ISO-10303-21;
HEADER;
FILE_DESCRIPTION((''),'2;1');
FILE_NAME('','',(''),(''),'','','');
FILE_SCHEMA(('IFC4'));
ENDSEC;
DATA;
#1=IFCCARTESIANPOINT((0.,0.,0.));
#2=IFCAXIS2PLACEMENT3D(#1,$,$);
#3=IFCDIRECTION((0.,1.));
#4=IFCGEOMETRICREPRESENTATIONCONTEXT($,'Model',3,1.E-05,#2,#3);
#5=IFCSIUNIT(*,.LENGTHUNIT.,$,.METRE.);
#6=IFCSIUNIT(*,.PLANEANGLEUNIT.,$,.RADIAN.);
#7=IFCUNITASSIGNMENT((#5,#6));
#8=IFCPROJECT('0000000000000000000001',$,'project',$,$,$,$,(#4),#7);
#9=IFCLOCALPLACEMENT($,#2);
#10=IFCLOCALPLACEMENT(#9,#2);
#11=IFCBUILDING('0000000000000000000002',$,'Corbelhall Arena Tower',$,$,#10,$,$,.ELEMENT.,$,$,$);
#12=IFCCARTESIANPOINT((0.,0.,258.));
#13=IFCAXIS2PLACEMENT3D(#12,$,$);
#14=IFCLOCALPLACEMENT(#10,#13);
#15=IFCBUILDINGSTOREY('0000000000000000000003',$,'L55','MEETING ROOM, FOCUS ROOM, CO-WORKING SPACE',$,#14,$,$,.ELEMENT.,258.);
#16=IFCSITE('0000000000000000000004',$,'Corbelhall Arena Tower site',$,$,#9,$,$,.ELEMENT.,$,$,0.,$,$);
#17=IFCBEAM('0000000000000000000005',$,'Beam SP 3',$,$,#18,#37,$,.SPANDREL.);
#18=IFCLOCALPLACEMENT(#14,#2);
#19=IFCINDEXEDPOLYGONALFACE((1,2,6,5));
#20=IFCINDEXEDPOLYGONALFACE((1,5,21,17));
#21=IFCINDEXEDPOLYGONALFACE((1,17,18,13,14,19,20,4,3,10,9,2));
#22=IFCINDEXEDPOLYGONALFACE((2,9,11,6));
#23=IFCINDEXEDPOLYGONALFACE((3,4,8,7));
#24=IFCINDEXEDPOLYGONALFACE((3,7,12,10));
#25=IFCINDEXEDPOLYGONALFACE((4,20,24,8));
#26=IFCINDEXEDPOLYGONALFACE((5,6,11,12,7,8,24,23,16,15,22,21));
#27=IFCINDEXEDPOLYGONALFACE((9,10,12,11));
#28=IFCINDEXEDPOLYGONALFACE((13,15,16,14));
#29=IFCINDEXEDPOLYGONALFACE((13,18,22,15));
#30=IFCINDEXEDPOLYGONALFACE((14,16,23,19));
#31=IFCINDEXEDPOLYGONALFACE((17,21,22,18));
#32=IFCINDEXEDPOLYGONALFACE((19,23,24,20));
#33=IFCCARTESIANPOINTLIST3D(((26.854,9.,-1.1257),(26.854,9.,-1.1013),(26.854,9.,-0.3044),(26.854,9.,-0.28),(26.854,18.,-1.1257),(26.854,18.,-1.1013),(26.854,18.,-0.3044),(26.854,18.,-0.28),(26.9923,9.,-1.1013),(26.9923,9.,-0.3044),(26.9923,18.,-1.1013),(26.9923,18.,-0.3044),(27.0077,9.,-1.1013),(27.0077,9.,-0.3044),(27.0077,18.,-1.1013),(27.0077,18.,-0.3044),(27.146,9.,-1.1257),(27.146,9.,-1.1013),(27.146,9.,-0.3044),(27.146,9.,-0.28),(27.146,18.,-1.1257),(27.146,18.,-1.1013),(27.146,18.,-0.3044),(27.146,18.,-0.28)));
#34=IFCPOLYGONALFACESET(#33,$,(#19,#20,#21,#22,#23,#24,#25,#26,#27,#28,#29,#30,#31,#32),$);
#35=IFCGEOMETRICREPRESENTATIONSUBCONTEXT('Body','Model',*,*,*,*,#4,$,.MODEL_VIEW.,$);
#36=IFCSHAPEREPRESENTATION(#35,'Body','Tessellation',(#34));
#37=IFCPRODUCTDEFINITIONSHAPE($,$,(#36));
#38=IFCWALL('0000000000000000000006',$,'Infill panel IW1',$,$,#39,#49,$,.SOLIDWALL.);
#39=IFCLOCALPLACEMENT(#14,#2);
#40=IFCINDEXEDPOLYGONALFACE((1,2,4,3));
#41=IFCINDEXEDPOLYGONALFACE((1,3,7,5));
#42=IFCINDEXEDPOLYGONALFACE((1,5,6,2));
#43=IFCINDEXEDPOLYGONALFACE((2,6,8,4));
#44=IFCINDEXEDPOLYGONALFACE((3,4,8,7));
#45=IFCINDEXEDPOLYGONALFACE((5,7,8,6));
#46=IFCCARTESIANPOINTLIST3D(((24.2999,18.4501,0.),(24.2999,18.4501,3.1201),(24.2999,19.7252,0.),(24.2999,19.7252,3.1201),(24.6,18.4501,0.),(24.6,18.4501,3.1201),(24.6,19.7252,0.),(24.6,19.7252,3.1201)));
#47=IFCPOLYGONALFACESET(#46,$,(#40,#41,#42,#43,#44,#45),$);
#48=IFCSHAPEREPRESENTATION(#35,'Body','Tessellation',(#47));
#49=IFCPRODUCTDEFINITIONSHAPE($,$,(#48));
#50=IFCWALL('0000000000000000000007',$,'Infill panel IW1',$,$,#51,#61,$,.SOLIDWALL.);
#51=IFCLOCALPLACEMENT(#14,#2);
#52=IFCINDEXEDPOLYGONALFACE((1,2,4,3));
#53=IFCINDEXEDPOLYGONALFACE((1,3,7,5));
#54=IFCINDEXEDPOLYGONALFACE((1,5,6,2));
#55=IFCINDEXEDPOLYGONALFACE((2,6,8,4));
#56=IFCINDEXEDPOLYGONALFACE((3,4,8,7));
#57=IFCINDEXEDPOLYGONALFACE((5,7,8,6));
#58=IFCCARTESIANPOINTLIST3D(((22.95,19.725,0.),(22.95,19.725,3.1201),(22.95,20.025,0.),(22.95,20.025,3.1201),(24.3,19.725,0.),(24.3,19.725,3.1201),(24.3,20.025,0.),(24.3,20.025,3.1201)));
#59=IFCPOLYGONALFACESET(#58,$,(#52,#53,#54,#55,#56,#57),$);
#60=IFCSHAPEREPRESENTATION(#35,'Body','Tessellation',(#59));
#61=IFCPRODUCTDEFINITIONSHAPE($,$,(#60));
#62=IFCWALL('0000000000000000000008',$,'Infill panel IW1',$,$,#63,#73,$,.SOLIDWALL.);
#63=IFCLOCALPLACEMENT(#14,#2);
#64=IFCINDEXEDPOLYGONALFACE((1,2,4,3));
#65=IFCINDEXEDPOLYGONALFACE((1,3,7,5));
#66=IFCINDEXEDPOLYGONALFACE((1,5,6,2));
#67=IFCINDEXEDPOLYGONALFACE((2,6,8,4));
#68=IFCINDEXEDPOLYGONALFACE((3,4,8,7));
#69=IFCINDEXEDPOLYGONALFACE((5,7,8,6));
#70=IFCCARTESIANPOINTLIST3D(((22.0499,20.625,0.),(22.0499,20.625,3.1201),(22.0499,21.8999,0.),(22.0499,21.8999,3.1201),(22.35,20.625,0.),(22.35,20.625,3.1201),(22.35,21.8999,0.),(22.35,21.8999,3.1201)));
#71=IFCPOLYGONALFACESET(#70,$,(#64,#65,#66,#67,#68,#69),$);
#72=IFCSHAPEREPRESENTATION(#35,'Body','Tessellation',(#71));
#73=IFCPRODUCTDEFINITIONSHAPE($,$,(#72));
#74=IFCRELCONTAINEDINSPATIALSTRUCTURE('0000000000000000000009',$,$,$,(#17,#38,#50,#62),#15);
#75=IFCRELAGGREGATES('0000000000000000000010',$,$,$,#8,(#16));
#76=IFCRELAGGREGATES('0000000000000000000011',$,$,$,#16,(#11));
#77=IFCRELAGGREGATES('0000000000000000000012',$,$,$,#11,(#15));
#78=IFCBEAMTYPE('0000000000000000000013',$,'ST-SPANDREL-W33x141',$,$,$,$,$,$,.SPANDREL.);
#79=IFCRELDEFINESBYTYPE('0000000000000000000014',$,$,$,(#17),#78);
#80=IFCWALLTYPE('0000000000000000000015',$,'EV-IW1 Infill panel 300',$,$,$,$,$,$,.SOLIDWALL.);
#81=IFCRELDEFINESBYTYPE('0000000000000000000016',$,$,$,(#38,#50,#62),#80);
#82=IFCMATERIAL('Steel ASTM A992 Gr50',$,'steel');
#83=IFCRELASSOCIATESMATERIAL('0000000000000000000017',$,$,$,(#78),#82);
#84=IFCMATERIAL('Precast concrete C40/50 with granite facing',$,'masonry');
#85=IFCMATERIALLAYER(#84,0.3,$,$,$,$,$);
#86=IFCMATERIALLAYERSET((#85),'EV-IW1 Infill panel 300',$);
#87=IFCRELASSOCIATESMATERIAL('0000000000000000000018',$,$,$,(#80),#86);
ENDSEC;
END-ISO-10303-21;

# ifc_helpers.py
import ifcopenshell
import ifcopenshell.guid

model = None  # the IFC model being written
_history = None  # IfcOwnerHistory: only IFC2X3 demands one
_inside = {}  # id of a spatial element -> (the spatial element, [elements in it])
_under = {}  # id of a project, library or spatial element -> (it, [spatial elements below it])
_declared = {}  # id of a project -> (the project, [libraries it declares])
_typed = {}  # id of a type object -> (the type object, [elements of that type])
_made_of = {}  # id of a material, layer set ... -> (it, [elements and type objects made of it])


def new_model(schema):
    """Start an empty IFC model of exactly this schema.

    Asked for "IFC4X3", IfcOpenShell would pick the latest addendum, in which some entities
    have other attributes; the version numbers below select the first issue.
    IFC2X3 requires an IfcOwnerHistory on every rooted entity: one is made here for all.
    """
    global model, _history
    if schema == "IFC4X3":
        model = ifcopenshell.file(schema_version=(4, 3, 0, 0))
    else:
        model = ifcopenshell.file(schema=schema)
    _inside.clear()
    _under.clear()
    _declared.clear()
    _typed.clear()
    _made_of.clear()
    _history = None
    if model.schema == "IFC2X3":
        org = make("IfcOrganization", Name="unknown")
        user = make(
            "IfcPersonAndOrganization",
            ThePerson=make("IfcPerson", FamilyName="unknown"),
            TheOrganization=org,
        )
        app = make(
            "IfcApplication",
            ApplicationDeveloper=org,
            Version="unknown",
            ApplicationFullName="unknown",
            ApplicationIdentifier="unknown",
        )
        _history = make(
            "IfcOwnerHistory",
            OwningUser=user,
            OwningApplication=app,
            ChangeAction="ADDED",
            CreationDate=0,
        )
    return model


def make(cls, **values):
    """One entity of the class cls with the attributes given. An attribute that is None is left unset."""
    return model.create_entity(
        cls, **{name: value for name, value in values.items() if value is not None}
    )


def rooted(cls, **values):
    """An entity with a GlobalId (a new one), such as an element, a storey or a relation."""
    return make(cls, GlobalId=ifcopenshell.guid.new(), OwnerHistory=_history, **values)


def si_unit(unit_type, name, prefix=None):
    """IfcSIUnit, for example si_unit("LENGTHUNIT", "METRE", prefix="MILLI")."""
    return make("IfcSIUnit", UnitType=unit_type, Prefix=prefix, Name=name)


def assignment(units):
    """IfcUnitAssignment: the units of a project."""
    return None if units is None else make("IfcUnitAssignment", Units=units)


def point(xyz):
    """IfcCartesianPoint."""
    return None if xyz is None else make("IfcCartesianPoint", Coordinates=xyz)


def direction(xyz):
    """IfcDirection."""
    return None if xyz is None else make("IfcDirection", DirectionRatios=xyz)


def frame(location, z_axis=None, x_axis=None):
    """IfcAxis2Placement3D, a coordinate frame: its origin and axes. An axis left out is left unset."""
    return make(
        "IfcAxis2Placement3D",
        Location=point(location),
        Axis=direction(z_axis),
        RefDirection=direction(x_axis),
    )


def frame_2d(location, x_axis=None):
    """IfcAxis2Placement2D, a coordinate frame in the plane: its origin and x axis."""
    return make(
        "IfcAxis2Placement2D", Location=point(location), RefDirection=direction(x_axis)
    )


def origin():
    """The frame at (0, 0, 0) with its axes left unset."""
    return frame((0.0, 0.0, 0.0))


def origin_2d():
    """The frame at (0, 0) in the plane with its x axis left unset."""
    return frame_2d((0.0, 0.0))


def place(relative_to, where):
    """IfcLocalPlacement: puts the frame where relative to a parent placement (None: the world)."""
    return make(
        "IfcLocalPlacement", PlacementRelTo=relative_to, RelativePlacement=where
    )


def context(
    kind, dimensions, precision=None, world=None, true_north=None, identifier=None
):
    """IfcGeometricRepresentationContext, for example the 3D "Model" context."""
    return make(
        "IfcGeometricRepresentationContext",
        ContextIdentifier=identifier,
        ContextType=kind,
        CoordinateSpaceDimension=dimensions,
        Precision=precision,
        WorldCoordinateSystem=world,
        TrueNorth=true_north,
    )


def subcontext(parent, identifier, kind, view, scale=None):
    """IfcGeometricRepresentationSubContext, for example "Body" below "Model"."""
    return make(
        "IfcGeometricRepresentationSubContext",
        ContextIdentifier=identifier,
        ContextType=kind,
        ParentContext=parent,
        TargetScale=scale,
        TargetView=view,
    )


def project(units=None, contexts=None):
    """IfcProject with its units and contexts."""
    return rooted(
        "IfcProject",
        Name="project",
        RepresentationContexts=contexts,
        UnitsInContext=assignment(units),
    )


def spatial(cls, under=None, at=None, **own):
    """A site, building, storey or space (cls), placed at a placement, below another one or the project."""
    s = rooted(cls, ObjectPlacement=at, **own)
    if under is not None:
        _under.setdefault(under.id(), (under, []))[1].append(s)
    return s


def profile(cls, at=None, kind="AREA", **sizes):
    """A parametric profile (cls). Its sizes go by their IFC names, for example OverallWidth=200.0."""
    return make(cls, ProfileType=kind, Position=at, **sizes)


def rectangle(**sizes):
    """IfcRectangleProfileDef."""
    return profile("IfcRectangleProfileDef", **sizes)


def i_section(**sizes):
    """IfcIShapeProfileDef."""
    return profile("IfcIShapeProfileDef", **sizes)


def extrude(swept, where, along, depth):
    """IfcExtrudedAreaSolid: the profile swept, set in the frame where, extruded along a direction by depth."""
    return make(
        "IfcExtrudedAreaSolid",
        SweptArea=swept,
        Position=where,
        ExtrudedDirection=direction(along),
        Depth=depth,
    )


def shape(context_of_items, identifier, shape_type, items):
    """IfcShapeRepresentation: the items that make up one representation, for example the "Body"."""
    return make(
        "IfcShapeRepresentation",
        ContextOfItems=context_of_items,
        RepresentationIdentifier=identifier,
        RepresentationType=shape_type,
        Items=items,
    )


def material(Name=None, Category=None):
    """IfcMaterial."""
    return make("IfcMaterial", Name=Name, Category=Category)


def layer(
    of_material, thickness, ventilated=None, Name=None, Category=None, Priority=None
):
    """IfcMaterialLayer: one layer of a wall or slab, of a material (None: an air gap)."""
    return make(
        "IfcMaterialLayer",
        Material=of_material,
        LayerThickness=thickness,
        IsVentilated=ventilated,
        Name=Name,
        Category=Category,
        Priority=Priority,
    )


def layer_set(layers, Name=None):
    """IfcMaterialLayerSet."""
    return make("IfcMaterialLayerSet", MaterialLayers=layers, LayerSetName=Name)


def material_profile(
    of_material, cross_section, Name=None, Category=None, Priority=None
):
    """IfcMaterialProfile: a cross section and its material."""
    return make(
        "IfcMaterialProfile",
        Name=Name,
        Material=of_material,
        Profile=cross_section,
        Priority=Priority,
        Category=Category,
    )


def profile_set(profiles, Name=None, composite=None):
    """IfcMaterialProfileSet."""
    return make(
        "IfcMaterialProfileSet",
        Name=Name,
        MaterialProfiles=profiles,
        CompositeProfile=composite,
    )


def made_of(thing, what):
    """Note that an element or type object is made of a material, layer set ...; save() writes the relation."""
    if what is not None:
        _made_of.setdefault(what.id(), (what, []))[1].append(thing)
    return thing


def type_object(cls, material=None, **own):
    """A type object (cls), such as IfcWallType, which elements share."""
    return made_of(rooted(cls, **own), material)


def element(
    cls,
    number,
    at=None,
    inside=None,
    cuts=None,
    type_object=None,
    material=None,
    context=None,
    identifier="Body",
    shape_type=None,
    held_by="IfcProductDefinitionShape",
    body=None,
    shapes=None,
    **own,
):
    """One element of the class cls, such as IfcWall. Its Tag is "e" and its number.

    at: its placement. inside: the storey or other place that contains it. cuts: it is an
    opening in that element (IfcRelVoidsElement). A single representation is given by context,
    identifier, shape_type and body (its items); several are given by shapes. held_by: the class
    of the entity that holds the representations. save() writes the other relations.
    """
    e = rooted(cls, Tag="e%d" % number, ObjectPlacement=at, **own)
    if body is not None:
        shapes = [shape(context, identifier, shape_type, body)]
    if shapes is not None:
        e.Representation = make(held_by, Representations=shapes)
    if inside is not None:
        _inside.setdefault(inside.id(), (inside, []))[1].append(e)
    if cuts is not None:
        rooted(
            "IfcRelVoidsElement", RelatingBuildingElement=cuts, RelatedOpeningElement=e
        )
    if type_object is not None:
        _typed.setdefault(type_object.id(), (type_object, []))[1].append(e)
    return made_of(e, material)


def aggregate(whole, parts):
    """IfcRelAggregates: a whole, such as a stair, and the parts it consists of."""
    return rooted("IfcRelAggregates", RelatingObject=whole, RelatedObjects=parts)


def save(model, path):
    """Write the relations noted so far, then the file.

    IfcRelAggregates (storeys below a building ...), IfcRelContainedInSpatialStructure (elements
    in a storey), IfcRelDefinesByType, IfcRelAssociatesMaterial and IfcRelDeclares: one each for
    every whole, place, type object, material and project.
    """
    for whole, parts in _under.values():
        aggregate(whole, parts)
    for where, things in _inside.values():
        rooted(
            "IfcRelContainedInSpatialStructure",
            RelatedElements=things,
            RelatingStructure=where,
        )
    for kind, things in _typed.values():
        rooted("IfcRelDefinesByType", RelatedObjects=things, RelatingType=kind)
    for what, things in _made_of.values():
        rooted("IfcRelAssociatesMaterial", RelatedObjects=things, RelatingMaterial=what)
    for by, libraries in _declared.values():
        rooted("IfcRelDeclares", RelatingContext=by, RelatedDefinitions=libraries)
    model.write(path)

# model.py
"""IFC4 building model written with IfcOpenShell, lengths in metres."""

from ifc_helpers import new_model, si_unit, direction, frame, frame_2d, origin, origin_2d, place, context, subcontext, project, spatial, rectangle, i_section, extrude, material, layer, layer_set, material_profile, profile_set, type_object, element, save


model = new_model("IFC4")

# Units and contexts
model_context = context("Model", 3, precision=1e-05, world=origin(), true_north=direction((0.0, 1.0)))
body_context = subcontext(model_context, "Body", "Model", "MODEL_VIEW")
ifc_project = project(units=[si_unit("LENGTHUNIT", "METRE"), si_unit("PLANEANGLEUNIT", "RADIAN")], contexts=[model_context])

# Site, building, storey
site_placement = place(None, origin())
site = spatial("IfcSite", under=ifc_project, at=site_placement, Name="Corbelhall Arena Tower site", CompositionType="ELEMENT", RefElevation=0.0)
building_placement = place(site_placement, origin())
building = spatial("IfcBuilding", under=site, at=building_placement, Name="Corbelhall Arena Tower", CompositionType="ELEMENT")
storey_placement = place(building_placement, frame((0.0, 0.0, 258.0)))
storey = spatial("IfcBuildingStorey", under=building, at=storey_placement, Name="L55", Description="MEETING ROOM, FOCUS ROOM, CO-WORKING SPACE", CompositionType="ELEMENT", Elevation=258.0)

# Beam
ifc_material_1 = material(Name="Steel ASTM A992 Gr50", Category="steel")
ifc_material_profile_1 = material_profile(ifc_material_1, i_section(OverallWidth=0.292, OverallDepth=0.8457, WebThickness=0.0154, FlangeThickness=0.0244, at=origin_2d()))
ifc_profile_set_1 = profile_set([ifc_material_profile_1], Name="Steel ASTM A992 Gr50")
beam_type_1 = type_object("IfcBeamType", Name="ST-SPANDREL-W33x141", PredefinedType="SPANDREL", material=ifc_profile_set_1)
beam_1_placement = place(storey_placement, frame((27.0, 18.0, -0.7029), z_axis=(0.0, -1.0, 0.0), x_axis=(1.0, 0.0, 0.0)))
element("IfcBeam", 1, at=beam_1_placement, inside=storey, type_object=beam_type_1, Name="Beam SP 3", PredefinedType="SPANDREL", context=body_context, shape_type="SweptSolid", body=[
    extrude(i_section(OverallWidth=0.292, OverallDepth=0.8457, WebThickness=0.0154, FlangeThickness=0.0244, at=origin_2d()), origin(), (0.0, 0.0, 1.0), 9.0),
])

# Walls
ifc_material_2 = material(Name="Precast concrete C40/50 with granite facing", Category="masonry")
ifc_layer_1 = layer(ifc_material_2, 0.3)
ifc_layer_set_1 = layer_set([ifc_layer_1], Name="EV-IW1 Infill panel 300")
wall_type_1 = type_object("IfcWallType", Name="EV-IW1 Infill panel 300", PredefinedType="SOLIDWALL", material=ifc_layer_set_1)
wall_1_placement = place(storey_placement, frame((24.45, 18.45, 0.0), z_axis=(0.0, 0.0, 1.0), x_axis=(0.0, 1.0, 0.0)))
element("IfcWall", 2, at=wall_1_placement, inside=storey, type_object=wall_type_1, Name="Infill panel IW1", PredefinedType="SOLIDWALL", context=body_context, shape_type="SweptSolid", body=[
    extrude(rectangle(XDim=1.2751, YDim=0.3, at=frame_2d((0.6377, 0.0))), origin(), (0.0, 0.0, 1.0), 3.1201),
])
wall_2_placement = place(storey_placement, frame((24.3, 19.875, 0.0), z_axis=(0.0, 0.0, 1.0), x_axis=(-1.0, 0.0, 0.0)))
element("IfcWall", 3, at=wall_2_placement, inside=storey, type_object=wall_type_1, Name="Infill panel IW1", PredefinedType="SOLIDWALL", context=body_context, shape_type="SweptSolid", body=[
    extrude(rectangle(XDim=1.3501, YDim=0.3, at=frame_2d((0.675, 0.0))), origin(), (0.0, 0.0, 1.0), 3.1201),
])
wall_3_placement = place(storey_placement, frame((22.2, 20.625, 0.0), z_axis=(0.0, 0.0, 1.0), x_axis=(0.0, 1.0, 0.0)))
element("IfcWall", 4, at=wall_3_placement, inside=storey, type_object=wall_type_1, Name="Infill panel IW1", PredefinedType="SOLIDWALL", context=body_context, shape_type="SweptSolid", body=[
    extrude(rectangle(XDim=1.2749, YDim=0.3, at=frame_2d((0.6375, 0.0))), origin(), (0.0, 0.0, 1.0), 3.1201),
])

save(model, "model.ifc")
